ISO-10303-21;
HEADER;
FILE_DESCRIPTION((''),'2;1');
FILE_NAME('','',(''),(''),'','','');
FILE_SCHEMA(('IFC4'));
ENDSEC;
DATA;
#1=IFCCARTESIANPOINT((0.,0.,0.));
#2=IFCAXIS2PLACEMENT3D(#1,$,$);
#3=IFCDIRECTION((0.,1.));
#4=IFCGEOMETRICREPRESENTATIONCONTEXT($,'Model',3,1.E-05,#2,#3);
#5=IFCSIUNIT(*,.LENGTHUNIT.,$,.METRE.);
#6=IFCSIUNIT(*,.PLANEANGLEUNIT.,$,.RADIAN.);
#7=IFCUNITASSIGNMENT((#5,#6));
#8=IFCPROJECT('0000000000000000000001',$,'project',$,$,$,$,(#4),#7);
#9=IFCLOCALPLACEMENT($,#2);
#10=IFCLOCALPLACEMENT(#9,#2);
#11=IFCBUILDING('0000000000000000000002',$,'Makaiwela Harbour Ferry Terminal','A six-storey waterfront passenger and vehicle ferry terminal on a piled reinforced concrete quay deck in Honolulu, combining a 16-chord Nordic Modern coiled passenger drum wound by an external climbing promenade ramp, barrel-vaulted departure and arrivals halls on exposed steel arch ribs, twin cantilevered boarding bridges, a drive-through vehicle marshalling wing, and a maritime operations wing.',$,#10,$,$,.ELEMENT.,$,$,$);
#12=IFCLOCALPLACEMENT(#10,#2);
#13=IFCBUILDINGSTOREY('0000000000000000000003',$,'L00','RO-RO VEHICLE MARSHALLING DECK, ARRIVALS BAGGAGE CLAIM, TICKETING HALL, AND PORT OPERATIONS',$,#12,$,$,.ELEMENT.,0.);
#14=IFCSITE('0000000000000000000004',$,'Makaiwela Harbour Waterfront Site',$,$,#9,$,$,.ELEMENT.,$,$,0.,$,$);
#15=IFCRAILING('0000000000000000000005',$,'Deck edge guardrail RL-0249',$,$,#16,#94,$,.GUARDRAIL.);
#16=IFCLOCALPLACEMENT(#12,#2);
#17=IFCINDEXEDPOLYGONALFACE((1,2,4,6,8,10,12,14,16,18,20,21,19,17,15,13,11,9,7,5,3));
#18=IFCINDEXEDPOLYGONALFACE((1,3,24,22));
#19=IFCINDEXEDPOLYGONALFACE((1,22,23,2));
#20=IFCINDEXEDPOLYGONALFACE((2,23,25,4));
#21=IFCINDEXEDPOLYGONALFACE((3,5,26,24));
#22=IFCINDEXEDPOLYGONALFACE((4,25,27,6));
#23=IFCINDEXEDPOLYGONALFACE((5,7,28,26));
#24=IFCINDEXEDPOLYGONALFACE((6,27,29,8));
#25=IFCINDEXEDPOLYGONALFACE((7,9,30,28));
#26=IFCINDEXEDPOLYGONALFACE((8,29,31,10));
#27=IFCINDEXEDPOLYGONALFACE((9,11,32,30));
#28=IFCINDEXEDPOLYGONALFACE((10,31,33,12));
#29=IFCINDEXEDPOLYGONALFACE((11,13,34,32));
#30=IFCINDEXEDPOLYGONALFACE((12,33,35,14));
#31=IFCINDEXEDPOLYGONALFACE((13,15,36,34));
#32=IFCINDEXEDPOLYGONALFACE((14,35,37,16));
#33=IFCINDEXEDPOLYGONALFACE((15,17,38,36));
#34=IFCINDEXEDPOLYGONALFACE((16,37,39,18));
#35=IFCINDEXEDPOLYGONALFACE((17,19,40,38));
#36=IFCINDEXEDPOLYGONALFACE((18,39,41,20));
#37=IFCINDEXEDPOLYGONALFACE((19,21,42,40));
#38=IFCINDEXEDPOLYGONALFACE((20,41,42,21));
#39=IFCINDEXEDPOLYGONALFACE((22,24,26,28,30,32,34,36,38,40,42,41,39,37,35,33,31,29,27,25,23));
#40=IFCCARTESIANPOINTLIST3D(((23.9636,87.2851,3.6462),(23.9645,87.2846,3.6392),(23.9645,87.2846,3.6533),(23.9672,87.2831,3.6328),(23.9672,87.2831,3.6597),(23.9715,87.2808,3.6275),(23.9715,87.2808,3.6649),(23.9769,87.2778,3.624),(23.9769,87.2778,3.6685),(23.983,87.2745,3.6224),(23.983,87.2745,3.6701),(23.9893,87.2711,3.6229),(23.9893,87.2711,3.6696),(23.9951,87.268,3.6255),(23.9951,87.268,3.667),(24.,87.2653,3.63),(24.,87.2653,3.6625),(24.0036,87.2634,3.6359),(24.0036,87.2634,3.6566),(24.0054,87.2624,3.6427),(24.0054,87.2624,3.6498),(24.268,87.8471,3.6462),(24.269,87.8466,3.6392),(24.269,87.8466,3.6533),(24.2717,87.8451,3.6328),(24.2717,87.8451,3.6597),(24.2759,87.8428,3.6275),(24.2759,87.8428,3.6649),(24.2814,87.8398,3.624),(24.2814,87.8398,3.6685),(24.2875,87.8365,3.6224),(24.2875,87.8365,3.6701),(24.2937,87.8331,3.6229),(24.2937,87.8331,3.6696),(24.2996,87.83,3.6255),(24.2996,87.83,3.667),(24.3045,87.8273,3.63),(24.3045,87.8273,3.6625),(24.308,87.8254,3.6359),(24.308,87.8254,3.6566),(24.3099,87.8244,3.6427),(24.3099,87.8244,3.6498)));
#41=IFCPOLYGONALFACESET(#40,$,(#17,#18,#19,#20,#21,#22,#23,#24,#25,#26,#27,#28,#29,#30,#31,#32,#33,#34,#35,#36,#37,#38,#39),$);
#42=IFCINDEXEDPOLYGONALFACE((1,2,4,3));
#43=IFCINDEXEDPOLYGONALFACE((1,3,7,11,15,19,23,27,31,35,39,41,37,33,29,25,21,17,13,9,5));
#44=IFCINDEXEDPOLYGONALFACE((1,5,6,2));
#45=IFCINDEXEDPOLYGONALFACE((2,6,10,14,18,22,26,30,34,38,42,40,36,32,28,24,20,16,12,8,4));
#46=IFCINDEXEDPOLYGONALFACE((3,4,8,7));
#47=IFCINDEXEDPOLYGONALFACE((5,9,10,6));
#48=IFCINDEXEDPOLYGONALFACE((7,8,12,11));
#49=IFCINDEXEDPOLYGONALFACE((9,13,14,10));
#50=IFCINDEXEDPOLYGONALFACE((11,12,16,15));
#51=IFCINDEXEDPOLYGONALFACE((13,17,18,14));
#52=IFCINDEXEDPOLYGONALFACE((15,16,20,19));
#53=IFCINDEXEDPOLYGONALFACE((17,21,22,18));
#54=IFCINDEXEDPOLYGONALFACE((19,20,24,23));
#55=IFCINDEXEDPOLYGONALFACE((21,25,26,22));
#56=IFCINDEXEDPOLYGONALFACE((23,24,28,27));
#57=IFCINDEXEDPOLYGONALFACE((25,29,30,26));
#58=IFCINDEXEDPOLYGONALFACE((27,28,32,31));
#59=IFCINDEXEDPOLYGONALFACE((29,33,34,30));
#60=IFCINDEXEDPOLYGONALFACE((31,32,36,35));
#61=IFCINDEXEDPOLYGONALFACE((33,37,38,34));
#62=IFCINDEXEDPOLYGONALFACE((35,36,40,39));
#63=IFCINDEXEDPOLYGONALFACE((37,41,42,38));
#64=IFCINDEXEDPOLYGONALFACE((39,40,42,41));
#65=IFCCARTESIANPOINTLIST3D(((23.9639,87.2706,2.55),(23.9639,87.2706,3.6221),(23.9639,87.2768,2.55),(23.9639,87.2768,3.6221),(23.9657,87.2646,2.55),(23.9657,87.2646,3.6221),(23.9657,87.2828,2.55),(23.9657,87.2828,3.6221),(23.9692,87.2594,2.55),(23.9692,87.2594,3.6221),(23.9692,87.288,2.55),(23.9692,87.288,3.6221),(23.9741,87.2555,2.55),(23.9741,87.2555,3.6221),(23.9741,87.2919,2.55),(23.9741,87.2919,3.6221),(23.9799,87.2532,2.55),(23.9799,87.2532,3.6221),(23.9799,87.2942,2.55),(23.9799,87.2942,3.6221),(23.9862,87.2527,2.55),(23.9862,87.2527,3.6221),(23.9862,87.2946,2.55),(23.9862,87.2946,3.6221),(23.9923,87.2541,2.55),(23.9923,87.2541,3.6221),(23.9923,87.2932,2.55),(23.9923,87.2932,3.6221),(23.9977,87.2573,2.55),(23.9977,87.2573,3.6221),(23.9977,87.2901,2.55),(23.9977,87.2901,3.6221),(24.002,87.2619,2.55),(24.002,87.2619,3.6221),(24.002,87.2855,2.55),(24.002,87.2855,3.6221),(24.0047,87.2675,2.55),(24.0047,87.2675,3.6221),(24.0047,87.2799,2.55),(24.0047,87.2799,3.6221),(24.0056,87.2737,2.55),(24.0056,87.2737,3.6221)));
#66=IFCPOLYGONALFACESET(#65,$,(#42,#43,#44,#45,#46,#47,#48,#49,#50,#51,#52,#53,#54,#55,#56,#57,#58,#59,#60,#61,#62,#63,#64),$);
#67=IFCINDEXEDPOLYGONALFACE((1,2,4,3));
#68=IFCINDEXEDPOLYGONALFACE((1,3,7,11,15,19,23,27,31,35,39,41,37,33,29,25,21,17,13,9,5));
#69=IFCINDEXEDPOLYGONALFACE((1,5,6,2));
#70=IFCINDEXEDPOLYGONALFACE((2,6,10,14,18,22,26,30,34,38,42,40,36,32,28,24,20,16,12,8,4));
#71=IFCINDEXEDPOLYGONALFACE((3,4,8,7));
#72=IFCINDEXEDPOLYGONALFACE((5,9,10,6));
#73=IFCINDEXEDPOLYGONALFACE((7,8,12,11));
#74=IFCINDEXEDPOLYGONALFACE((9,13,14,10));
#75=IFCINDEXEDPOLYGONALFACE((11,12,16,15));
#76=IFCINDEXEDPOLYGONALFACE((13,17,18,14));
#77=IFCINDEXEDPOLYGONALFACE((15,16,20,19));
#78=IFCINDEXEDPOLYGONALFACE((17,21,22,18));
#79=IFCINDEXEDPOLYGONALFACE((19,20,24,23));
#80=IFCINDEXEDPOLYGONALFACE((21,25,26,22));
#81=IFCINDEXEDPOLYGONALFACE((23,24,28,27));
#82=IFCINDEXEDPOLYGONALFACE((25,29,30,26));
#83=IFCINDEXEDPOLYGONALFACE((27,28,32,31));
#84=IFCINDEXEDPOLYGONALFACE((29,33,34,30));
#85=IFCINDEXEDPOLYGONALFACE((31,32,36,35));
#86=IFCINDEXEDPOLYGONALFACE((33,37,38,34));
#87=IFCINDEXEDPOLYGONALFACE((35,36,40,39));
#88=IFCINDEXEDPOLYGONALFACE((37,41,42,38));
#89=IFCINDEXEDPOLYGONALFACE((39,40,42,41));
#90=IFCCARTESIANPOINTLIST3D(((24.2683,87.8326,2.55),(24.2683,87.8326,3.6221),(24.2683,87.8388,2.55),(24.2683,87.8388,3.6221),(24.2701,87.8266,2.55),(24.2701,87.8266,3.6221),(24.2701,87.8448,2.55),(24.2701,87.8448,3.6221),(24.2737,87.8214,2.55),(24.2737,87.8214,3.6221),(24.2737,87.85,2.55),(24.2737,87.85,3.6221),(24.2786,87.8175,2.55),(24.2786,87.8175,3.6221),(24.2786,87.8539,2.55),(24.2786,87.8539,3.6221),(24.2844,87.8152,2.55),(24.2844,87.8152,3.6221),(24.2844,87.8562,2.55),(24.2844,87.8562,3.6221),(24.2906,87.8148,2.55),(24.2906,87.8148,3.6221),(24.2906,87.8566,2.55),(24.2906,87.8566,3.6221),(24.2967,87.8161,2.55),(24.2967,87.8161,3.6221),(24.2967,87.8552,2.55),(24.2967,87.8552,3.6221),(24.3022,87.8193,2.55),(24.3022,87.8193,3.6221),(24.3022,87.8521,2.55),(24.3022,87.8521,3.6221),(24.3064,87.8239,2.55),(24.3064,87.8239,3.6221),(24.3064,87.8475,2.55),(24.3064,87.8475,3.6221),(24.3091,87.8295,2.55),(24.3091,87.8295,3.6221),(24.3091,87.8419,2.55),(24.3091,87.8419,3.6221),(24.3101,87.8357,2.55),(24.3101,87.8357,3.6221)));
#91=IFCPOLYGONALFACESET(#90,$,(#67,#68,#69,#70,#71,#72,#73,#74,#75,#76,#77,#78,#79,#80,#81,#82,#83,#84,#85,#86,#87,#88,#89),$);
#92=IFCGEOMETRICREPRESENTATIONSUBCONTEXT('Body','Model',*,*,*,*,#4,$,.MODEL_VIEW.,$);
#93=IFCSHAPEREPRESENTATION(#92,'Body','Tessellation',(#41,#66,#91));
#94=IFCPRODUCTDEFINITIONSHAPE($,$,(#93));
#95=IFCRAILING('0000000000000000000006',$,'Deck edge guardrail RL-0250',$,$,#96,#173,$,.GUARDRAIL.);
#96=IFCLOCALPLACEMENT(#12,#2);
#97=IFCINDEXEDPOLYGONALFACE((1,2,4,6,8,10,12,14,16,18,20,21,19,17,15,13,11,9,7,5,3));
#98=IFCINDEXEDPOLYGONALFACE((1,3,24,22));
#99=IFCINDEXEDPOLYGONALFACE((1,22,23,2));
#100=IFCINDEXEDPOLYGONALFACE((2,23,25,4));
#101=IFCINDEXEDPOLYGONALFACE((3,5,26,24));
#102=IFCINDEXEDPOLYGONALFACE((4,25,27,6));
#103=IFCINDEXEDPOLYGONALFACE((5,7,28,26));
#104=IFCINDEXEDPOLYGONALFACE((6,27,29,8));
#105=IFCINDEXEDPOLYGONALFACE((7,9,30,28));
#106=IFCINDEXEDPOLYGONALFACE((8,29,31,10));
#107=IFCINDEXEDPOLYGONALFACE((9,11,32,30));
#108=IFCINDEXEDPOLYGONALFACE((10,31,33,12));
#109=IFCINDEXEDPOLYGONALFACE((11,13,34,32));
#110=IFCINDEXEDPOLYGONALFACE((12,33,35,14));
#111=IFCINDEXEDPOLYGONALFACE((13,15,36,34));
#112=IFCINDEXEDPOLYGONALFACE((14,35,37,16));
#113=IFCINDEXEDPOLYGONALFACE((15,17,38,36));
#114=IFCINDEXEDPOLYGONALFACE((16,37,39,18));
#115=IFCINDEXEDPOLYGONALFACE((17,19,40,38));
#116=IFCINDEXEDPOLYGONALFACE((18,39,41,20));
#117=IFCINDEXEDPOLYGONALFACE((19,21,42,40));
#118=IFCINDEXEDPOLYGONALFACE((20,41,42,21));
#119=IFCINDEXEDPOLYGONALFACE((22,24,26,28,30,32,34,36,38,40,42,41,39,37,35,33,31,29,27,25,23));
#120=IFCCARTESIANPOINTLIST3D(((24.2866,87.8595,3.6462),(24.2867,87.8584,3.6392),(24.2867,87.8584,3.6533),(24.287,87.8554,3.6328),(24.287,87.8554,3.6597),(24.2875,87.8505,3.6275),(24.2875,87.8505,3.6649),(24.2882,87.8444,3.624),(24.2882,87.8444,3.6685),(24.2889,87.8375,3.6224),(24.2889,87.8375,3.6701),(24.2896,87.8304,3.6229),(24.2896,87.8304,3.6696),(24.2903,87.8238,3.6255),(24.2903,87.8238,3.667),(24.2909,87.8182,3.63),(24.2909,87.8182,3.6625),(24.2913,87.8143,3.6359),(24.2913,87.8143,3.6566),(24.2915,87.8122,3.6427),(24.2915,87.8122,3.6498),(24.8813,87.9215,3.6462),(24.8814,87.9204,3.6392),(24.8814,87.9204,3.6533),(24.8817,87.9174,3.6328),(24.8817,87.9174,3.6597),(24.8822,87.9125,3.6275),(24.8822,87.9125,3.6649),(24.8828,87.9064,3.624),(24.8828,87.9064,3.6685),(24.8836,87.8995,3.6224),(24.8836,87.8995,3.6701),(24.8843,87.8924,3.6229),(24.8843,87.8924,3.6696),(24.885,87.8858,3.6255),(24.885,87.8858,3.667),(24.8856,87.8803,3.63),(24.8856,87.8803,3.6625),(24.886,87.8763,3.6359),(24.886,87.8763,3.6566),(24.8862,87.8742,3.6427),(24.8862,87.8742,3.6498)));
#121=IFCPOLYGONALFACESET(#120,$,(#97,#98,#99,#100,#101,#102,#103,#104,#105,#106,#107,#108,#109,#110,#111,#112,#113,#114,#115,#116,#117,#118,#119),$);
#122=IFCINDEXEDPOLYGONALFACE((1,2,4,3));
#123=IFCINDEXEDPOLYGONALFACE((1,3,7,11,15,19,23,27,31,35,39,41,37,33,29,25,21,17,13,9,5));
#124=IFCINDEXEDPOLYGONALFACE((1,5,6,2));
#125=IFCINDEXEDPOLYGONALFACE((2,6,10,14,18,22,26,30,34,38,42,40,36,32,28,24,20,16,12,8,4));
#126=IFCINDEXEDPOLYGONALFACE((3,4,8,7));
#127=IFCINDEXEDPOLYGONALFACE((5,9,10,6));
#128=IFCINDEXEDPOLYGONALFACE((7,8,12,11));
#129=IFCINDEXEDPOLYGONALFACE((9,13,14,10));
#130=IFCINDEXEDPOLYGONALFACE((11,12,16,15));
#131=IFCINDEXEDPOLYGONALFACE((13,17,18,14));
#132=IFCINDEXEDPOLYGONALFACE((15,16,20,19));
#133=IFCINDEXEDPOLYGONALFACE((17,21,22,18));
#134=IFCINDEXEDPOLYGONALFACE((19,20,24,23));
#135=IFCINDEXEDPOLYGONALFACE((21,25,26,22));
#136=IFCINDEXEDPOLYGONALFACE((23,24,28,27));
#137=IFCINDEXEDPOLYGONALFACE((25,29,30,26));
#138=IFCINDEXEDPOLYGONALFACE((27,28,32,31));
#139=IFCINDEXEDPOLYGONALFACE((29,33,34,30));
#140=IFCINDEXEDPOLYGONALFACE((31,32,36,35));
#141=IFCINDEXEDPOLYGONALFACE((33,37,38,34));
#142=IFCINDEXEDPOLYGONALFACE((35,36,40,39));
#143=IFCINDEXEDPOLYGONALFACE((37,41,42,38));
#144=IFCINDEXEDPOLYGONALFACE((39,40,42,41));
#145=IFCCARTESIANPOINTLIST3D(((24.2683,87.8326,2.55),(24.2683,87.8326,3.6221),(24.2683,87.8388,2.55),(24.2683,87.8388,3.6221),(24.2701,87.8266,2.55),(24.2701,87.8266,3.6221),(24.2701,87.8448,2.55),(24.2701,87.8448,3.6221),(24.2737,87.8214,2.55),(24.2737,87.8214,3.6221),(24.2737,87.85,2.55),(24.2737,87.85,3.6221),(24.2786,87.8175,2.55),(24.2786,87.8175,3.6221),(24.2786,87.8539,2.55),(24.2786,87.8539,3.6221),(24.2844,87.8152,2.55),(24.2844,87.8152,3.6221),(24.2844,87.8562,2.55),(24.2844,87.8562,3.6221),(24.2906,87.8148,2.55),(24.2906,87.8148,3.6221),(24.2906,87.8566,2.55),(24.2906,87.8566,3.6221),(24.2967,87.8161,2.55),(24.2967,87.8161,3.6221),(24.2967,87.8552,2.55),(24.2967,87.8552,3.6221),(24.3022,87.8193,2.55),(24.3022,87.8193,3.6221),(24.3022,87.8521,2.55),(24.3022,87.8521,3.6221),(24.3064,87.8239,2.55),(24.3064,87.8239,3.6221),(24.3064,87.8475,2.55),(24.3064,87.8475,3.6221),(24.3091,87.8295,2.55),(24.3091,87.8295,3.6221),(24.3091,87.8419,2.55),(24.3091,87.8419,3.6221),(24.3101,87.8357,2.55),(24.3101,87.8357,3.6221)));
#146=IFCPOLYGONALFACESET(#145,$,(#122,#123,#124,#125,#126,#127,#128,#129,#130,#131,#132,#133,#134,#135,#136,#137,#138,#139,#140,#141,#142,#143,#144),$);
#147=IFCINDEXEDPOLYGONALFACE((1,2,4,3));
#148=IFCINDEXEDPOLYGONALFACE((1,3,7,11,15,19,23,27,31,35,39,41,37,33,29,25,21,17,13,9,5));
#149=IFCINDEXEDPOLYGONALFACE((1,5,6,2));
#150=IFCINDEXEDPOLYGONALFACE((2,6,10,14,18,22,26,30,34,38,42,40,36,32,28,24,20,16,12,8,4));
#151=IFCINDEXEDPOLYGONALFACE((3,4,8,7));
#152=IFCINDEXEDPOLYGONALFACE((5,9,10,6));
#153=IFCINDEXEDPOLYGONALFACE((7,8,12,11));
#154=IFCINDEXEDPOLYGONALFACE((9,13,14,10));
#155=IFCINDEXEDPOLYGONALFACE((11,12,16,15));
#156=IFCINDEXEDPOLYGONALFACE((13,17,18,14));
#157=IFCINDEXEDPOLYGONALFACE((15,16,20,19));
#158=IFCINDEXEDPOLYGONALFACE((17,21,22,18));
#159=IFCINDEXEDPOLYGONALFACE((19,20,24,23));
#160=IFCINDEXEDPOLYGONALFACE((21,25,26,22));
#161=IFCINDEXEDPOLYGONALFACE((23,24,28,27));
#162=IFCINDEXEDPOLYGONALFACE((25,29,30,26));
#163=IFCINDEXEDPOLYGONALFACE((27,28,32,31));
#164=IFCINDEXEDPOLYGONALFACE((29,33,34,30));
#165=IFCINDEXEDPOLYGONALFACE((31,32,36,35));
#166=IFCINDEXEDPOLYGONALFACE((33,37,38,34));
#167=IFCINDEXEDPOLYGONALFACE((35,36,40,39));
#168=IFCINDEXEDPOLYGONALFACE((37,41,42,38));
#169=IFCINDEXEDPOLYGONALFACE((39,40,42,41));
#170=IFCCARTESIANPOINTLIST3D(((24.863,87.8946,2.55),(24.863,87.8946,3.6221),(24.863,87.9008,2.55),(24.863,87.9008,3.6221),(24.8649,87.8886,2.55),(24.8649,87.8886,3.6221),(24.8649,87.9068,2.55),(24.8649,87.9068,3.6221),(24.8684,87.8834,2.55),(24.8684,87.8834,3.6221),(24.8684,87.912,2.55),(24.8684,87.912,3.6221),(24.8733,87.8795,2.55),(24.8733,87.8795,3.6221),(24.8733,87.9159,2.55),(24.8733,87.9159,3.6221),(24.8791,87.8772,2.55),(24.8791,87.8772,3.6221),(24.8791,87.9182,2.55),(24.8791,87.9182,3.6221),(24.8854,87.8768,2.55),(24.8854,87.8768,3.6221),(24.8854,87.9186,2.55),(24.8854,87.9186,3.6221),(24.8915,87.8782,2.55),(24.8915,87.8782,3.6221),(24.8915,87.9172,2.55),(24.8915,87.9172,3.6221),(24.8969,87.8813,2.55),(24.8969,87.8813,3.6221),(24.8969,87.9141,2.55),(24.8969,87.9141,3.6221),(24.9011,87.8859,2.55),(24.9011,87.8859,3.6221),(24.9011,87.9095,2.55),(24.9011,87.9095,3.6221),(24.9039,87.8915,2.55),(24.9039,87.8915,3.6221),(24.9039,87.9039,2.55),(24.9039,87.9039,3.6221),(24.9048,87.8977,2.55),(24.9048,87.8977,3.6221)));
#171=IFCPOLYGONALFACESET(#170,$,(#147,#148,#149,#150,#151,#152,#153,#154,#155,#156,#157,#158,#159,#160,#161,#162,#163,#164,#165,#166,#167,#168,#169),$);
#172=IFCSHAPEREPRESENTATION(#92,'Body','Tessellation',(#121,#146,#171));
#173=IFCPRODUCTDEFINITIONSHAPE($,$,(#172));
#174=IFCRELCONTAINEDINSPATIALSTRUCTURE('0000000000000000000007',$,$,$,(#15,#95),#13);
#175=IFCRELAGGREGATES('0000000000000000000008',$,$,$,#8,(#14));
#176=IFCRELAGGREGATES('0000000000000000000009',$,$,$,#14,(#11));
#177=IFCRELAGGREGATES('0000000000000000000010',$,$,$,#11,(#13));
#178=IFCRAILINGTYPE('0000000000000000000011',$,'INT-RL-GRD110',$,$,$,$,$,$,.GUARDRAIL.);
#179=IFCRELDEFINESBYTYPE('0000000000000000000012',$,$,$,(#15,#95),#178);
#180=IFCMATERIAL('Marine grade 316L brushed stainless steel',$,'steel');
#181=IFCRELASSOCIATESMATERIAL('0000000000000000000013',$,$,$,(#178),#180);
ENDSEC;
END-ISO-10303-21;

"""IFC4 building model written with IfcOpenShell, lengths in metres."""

from ifc_helpers import new_model, si_unit, direction, frame, origin, origin_2d, place, context, subcontext, project, spatial, circle, extrude, material, type_object, element, save


model = new_model("IFC4")

# Units and contexts
model_context = context("Model", 3, precision=1e-05, world=origin(), true_north=direction((0.0, 1.0)))
body_context = subcontext(model_context, "Body", "Model", "MODEL_VIEW")
ifc_project = project(units=[si_unit("LENGTHUNIT", "METRE"), si_unit("PLANEANGLEUNIT", "RADIAN")], contexts=[model_context])

# Site, building, storey
site_placement = place(None, origin())
site = spatial("IfcSite", under=ifc_project, at=site_placement, Name="Makaiwela Harbour Waterfront Site", CompositionType="ELEMENT", RefElevation=0.0)
building_placement = place(site_placement, origin())
building = spatial("IfcBuilding", under=site, at=building_placement, Name="Makaiwela Harbour Ferry Terminal", Description="A six-storey waterfront passenger and vehicle ferry terminal on a piled reinforced concrete quay deck in Honolulu, combining a 16-chord Nordic Modern coiled passenger drum wound by an external climbing promenade ramp, barrel-vaulted departure and arrivals halls on exposed steel arch ribs, twin cantilevered boarding bridges, a drive-through vehicle marshalling wing, and a maritime operations wing.", CompositionType="ELEMENT")
storey_placement = place(building_placement, origin())
storey = spatial("IfcBuildingStorey", under=building, at=storey_placement, Name="L00", Description="RO-RO VEHICLE MARSHALLING DECK, ARRIVALS BAGGAGE CLAIM, TICKETING HALL, AND PORT OPERATIONS", CompositionType="ELEMENT", Elevation=0.0)

# Railings
ifc_material_1 = material(Name="Marine grade 316L brushed stainless steel", Category="steel")
railing_type_1 = type_object("IfcRailingType", Name="INT-RL-GRD110", PredefinedType="GUARDRAIL", material=ifc_material_1)
railing_1_placement = place(storey_placement, frame((23.9846, 87.2737, 2.55)))
element("IfcRailing", 1, at=railing_1_placement, inside=storey, type_object=railing_type_1, Name="Deck edge guardrail RL-0249", PredefinedType="GUARDRAIL", context=body_context, shape_type="SweptSolid", body=[
    extrude(circle(Radius=0.0239, at=origin_2d()), frame((0.0, 0.0, 1.0962), z_axis=(0.476308, 0.879279, 0.0), x_axis=(-0.879279, 0.476308, 0.0)), (0.0, 0.0, 1.0), 0.6392),
    extrude(circle(Radius=0.021, at=origin_2d()), origin(), (0.0, 0.0, 1.0), 1.072),
    extrude(circle(Radius=0.021, at=origin_2d()), frame((0.3044, 0.562, 0.0)), (0.0, 0.0, 1.0), 1.072),
])
railing_2_placement = place(storey_placement, frame((24.2891, 87.8357, 2.55)))
element("IfcRailing", 2, at=railing_2_placement, inside=storey, type_object=railing_type_1, Name="Deck edge guardrail RL-0250", PredefinedType="GUARDRAIL", context=body_context, shape_type="SweptSolid", body=[
    extrude(circle(Radius=0.0239, at=origin_2d()), frame((0.0, 0.0, 1.0962), z_axis=(0.994608, 0.103707, 0.0), x_axis=(-0.103707, 0.994608, 0.0)), (0.0, 0.0, 1.0), 0.5979),
    extrude(circle(Radius=0.021, at=origin_2d()), origin(), (0.0, 0.0, 1.0), 1.072),
    extrude(circle(Radius=0.021, at=origin_2d()), frame((0.5947, 0.062, 0.0)), (0.0, 0.0, 1.0), 1.072),
])

save(model, "model.ifc")
